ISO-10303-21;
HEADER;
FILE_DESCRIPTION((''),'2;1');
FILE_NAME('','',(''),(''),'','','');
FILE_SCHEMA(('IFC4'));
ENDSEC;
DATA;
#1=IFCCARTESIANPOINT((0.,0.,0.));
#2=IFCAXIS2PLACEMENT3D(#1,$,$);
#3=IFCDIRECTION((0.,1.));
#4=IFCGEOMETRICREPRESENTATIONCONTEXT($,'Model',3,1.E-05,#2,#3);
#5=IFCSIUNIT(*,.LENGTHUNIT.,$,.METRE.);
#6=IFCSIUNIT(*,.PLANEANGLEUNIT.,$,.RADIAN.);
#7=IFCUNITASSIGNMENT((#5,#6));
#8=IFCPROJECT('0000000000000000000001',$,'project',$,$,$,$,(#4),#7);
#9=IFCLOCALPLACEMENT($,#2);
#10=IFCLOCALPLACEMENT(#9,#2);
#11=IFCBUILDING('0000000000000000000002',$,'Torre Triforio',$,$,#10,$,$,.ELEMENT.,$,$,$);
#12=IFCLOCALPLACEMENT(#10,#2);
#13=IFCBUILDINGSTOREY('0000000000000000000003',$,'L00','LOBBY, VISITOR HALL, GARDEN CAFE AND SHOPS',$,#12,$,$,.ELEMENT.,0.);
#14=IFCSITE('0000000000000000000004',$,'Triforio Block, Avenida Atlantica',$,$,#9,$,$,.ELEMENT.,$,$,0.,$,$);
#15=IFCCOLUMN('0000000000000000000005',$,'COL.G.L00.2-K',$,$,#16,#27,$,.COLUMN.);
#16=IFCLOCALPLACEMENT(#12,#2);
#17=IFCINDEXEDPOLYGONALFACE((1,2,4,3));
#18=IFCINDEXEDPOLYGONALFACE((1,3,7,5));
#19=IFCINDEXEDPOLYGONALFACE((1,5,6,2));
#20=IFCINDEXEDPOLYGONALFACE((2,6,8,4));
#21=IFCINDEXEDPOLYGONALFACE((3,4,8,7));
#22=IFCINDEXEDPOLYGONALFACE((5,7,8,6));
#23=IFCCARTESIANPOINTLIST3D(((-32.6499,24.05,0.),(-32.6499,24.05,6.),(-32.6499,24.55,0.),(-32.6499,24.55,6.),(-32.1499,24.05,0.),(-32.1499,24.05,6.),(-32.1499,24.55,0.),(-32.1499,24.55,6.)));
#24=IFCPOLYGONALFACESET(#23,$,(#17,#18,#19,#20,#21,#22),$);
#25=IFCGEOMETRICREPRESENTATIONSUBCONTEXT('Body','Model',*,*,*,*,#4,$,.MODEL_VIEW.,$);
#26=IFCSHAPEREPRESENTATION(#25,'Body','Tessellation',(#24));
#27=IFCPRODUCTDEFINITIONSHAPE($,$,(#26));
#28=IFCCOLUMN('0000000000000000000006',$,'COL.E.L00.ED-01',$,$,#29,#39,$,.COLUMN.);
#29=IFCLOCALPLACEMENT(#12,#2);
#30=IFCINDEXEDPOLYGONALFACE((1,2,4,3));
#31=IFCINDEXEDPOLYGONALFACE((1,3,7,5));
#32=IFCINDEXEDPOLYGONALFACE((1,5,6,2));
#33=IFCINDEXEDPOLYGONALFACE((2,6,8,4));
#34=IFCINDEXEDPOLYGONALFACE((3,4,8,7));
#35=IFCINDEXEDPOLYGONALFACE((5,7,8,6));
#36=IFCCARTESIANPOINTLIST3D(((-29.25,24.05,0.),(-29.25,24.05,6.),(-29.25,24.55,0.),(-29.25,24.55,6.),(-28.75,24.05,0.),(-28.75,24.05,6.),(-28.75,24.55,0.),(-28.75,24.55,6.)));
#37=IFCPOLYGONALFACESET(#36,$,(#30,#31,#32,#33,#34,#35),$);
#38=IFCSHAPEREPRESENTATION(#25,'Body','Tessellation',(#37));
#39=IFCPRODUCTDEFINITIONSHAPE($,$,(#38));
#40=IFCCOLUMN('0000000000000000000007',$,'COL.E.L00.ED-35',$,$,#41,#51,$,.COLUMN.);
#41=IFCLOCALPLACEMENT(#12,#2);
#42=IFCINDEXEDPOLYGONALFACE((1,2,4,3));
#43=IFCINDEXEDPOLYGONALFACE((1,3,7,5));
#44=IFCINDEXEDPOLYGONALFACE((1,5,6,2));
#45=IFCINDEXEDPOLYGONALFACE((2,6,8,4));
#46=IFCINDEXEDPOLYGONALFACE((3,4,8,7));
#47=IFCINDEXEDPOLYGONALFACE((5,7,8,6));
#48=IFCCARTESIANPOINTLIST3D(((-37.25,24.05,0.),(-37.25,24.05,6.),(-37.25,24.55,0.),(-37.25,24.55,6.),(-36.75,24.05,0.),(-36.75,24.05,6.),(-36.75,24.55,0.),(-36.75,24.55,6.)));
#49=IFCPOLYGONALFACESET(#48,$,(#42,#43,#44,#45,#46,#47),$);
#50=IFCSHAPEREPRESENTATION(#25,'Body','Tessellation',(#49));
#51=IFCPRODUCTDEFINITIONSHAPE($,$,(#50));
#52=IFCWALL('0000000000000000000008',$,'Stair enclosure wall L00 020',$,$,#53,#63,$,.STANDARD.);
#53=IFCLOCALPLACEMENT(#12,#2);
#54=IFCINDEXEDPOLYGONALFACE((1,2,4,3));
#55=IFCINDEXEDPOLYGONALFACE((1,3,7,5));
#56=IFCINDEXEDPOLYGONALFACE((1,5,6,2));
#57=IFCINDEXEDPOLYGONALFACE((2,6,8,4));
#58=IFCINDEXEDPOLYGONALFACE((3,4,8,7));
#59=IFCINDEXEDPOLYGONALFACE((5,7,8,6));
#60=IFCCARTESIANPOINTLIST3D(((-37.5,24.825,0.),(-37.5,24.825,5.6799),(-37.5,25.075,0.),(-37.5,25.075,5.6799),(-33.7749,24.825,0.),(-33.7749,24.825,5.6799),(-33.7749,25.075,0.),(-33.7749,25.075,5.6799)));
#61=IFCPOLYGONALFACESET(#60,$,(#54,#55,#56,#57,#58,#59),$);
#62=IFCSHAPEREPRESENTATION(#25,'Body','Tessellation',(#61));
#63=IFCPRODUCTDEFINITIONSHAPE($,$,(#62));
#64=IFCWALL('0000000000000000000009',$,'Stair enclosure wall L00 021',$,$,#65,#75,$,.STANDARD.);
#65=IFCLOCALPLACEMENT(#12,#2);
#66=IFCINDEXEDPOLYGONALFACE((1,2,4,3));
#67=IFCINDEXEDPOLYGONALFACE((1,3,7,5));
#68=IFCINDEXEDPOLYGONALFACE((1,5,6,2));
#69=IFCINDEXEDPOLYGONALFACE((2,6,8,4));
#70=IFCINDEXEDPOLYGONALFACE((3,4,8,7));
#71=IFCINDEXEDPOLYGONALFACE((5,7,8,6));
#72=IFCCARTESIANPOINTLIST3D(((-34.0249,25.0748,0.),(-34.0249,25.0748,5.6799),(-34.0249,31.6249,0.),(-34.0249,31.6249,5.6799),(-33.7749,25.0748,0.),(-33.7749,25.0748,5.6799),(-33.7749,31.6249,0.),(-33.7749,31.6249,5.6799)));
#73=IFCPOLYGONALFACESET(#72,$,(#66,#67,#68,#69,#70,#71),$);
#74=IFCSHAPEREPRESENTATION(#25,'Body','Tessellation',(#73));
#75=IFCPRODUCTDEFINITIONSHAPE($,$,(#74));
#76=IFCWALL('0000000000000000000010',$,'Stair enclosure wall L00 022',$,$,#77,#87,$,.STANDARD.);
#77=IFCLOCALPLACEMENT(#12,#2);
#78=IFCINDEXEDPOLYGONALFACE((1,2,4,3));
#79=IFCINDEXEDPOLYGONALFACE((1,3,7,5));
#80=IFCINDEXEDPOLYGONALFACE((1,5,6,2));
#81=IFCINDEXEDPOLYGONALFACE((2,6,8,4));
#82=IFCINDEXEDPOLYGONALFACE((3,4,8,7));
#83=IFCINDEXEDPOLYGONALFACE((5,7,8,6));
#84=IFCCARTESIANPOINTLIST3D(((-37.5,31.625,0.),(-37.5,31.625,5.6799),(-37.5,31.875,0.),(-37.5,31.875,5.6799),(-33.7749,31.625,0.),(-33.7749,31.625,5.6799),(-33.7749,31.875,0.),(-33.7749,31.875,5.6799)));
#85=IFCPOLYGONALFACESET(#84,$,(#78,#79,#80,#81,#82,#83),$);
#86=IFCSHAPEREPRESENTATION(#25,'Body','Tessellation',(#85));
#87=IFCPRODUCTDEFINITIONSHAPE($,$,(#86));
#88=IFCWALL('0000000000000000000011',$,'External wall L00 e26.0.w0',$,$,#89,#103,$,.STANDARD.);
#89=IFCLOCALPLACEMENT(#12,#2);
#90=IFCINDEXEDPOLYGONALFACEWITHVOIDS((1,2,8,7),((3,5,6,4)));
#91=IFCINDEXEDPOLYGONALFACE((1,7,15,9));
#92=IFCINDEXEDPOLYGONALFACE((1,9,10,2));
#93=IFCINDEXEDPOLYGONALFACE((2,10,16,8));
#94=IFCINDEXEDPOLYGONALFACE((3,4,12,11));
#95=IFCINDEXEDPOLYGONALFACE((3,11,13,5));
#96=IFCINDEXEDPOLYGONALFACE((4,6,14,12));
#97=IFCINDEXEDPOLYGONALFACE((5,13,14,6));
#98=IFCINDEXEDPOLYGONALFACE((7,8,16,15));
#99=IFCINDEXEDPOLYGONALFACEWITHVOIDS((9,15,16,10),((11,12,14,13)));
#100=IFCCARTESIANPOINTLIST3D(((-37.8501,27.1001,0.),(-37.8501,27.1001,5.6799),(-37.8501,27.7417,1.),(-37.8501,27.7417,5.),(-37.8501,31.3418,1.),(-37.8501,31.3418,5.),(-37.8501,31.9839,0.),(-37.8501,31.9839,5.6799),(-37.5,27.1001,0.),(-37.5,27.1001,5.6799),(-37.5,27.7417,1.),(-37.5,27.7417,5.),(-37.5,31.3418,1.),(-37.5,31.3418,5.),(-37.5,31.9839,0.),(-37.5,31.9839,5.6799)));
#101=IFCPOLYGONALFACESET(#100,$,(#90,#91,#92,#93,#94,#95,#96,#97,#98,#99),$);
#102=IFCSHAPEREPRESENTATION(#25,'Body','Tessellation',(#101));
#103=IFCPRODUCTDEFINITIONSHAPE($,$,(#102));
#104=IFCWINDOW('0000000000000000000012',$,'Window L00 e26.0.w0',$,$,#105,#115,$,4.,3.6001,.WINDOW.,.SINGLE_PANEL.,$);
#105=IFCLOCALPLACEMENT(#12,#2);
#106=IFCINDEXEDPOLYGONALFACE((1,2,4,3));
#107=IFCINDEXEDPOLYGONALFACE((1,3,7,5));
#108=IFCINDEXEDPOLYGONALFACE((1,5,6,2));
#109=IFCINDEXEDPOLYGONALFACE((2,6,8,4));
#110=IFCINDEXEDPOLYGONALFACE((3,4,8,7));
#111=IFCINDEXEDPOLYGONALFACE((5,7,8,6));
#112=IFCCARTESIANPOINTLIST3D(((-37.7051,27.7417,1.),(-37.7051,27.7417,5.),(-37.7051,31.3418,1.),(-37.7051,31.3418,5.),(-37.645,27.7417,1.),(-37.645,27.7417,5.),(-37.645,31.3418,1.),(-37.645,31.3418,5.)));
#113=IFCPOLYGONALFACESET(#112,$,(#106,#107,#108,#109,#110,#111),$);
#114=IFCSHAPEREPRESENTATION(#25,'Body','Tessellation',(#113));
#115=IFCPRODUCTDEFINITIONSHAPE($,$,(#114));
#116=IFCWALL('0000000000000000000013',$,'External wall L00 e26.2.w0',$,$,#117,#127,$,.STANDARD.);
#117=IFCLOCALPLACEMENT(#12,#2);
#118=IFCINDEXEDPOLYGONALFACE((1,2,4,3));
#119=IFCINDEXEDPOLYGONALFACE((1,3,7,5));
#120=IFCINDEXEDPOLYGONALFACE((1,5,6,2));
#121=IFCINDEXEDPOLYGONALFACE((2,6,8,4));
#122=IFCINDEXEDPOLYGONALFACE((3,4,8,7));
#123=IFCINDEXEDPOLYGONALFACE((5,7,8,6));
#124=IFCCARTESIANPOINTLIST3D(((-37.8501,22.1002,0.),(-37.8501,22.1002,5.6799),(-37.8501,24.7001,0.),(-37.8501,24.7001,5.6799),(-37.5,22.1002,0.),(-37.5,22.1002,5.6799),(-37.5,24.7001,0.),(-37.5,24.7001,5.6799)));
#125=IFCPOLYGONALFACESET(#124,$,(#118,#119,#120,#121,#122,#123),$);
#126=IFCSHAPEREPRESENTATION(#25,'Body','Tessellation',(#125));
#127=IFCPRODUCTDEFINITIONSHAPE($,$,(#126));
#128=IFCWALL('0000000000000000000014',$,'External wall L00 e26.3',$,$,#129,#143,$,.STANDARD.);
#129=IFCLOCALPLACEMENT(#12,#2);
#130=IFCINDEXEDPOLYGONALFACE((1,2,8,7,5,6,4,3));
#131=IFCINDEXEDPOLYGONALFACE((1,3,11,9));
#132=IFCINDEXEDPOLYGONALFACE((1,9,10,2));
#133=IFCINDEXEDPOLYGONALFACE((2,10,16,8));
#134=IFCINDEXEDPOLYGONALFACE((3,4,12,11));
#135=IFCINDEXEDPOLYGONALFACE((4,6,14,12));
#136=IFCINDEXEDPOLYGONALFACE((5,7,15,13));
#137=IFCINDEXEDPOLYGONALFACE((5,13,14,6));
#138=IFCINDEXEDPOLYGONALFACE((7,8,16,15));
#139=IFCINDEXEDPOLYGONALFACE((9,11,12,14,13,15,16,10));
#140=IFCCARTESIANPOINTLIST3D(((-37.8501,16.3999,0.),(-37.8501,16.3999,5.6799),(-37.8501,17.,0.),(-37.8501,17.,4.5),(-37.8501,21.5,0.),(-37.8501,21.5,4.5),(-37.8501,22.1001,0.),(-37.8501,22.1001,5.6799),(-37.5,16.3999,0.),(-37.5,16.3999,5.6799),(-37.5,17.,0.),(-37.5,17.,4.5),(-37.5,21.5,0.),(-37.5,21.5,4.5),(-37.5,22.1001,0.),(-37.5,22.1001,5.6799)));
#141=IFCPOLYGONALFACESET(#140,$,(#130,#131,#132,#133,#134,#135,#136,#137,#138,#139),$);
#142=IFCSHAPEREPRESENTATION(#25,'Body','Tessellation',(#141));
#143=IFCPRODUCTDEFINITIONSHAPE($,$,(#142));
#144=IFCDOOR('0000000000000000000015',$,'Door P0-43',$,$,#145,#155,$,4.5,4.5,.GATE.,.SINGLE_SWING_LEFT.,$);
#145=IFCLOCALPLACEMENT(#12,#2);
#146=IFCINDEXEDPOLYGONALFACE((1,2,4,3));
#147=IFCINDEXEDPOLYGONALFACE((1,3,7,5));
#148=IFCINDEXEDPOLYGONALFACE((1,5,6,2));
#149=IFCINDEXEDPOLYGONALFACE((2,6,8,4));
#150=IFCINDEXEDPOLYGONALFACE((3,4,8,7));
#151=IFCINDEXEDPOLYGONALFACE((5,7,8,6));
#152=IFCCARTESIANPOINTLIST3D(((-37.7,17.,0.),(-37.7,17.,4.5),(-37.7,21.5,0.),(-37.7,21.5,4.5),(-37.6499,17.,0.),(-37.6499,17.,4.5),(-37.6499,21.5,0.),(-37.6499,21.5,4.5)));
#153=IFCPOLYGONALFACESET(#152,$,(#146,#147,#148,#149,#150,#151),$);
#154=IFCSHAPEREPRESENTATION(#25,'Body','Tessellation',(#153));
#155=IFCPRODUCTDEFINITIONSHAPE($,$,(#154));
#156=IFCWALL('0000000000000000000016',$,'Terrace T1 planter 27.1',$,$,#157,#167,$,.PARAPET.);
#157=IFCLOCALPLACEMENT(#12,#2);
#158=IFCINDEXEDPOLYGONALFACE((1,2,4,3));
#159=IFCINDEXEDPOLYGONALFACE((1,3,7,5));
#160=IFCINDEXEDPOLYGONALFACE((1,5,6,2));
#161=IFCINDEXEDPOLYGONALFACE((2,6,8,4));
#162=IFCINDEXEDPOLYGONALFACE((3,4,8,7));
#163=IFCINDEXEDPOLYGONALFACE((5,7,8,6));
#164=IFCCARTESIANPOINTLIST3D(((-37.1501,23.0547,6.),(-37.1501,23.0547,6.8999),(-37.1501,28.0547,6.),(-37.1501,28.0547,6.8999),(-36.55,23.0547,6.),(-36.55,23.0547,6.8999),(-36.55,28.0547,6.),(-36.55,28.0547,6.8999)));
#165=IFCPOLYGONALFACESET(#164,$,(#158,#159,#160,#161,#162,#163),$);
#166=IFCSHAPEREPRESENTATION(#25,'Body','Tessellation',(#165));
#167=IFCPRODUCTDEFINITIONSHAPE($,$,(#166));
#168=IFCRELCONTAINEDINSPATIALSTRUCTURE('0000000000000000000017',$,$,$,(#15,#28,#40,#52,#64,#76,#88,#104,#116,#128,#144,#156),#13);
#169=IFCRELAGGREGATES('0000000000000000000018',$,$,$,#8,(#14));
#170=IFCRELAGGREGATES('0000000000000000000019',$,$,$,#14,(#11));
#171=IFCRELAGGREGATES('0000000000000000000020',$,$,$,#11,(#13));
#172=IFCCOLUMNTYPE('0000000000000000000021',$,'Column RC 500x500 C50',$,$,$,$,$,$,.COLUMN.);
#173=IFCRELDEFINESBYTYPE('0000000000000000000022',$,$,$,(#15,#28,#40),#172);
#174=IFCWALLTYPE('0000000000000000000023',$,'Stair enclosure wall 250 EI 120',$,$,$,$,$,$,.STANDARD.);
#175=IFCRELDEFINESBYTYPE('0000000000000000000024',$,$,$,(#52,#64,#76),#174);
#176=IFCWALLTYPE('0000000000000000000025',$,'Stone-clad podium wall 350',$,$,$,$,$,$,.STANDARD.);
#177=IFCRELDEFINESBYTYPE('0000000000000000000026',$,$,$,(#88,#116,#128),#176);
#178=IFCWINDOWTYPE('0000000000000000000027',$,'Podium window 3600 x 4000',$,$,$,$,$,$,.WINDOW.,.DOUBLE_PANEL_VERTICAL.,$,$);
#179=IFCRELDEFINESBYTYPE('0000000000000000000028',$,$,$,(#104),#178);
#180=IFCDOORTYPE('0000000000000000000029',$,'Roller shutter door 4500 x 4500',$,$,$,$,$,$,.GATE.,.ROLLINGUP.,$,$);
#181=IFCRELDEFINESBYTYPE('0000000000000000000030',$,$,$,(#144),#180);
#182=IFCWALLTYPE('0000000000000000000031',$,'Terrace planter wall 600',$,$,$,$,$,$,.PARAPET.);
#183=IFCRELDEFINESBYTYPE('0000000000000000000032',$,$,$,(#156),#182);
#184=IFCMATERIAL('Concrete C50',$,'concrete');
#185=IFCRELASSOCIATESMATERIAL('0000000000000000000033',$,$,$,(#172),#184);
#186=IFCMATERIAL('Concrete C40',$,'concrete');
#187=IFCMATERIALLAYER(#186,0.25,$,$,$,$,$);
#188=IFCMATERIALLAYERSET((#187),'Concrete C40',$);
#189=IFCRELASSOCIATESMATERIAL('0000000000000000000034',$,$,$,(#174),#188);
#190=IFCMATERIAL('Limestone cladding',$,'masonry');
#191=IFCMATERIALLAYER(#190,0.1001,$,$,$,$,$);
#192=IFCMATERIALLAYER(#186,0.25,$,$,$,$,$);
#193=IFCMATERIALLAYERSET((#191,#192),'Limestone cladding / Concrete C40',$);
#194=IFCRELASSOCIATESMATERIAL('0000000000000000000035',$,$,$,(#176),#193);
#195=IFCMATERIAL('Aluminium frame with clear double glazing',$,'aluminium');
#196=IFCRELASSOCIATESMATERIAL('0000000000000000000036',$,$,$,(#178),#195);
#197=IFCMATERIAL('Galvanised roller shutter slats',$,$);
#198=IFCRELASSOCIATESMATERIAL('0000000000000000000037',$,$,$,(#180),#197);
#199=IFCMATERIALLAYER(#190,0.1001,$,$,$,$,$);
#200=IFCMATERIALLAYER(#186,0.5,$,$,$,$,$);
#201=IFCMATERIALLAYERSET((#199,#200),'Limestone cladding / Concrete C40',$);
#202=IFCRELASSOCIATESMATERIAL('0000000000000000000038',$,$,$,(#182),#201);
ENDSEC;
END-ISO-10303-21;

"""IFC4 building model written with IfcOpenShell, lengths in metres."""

from ifc_helpers import new_model, si_unit, direction, frame, frame_2d, origin, origin_2d, place, context, subcontext, project, spatial, rectangle, extrude, material, layer, layer_set, material_profile, profile_set, type_object, element, fill, save


model = new_model("IFC4")

# Units and contexts
model_context = context("Model", 3, precision=1e-05, world=origin(), true_north=direction((0.0, 1.0)))
body_context = subcontext(model_context, "Body", "Model", "MODEL_VIEW")
ifc_project = project(units=[si_unit("LENGTHUNIT", "METRE"), si_unit("PLANEANGLEUNIT", "RADIAN")], contexts=[model_context])

# Site, building, storey
site_placement = place(None, origin())
site = spatial("IfcSite", under=ifc_project, at=site_placement, Name="Triforio Block, Avenida Atlantica", CompositionType="ELEMENT", RefElevation=0.0)
building_placement = place(site_placement, origin())
building = spatial("IfcBuilding", under=site, at=building_placement, Name="Torre Triforio", CompositionType="ELEMENT")
storey_placement = place(building_placement, origin())
storey = spatial("IfcBuildingStorey", under=building, at=storey_placement, Name="L00", Description="LOBBY, VISITOR HALL, GARDEN CAFE AND SHOPS", CompositionType="ELEMENT", Elevation=0.0)

# Columns
ifc_material_1 = material(Name="Concrete C50", Category="concrete")
ifc_material_profile = material_profile(ifc_material_1, rectangle(XDim=0.5, YDim=0.5, at=origin_2d()), Name="RC 500x500")
ifc_profile_set = profile_set([ifc_material_profile], Name="Concrete C50")
column_type = type_object("IfcColumnType", Name="Column RC 500x500 C50", PredefinedType="COLUMN", material=ifc_profile_set)
for number, where, z_axis, x_axis, name in (
    (1, (-32.3999, 24.3, 0.0), (0.0, 0.0, 1.0), (1.0, 0.0, 0.0), "COL.G.L00.2-K"),
    (2, (-29.0, 24.3, 0.0), (0.0, 0.0, 1.0), (1.0, 0.0, 0.0), "COL.E.L00.ED-01"),
    (3, (-37.0, 24.3, 0.0), (0.0, 0.0, 1.0), (1.0, 0.0, 0.0), "COL.E.L00.ED-35"),
):
    element("IfcColumn", number, at=place(storey_placement, frame(where, z_axis=z_axis, x_axis=x_axis)), inside=storey, type_object=column_type, Name=name, PredefinedType="COLUMN", context=body_context, shape_type="SweptSolid", body=[
        extrude(rectangle(XDim=0.5, YDim=0.5, at=origin_2d()), origin(), (0.0, 0.0, 1.0), 6.0),
    ])

# Walls
ifc_material_2 = material(Name="Concrete C40", Category="concrete")
ifc_layer_1 = layer(ifc_material_2, 0.25)
ifc_layer_set_1 = layer_set([ifc_layer_1], Name="Concrete C40")
wall_type_1 = type_object("IfcWallType", Name="Stair enclosure wall 250 EI 120", PredefinedType="STANDARD", material=ifc_layer_set_1)
wall_1_placement = place(storey_placement, frame((-37.5, 24.95, 0.0), z_axis=(0.0, 0.0, 1.0), x_axis=(1.0, 0.0, 0.0)))
element("IfcWall", 4, at=wall_1_placement, inside=storey, type_object=wall_type_1, Name="Stair enclosure wall L00 020", PredefinedType="STANDARD", context=body_context, shape_type="SweptSolid", body=[
    extrude(rectangle(XDim=3.7251, YDim=0.25, at=frame_2d((1.8625, 0.0))), origin(), (0.0, 0.0, 1.0), 5.6799),
])
wall_2_placement = place(storey_placement, frame((-33.8999, 25.075, 0.0), z_axis=(0.0, 0.0, 1.0), x_axis=(0.0, 1.0, 0.0)))
element("IfcWall", 5, at=wall_2_placement, inside=storey, type_object=wall_type_1, Name="Stair enclosure wall L00 021", PredefinedType="STANDARD", context=body_context, shape_type="SweptSolid", body=[
    extrude(rectangle(XDim=6.55, YDim=0.25, at=frame_2d((3.2749, 0.0))), origin(), (0.0, 0.0, 1.0), 5.6799),
])
wall_3_placement = place(storey_placement, frame((-37.5, 31.75, 0.0), z_axis=(0.0, 0.0, 1.0), x_axis=(1.0, 0.0, 0.0)))
element("IfcWall", 6, at=wall_3_placement, inside=storey, type_object=wall_type_1, Name="Stair enclosure wall L00 022", PredefinedType="STANDARD", context=body_context, shape_type="SweptSolid", body=[
    extrude(rectangle(XDim=3.7251, YDim=0.25, at=frame_2d((1.8625, 0.0))), origin(), (0.0, 0.0, 1.0), 5.6799),
])

# Wall, opening, window
ifc_material_3 = material(Name="Limestone cladding", Category="masonry")
ifc_layer_2 = layer(ifc_material_3, 0.1001)
ifc_layer_3 = layer(ifc_material_2, 0.25)
ifc_layer_set_2 = layer_set([ifc_layer_2, ifc_layer_3], Name="Limestone cladding / Concrete C40")
wall_type_2 = type_object("IfcWallType", Name="Stone-clad podium wall 350", PredefinedType="STANDARD", material=ifc_layer_set_2)
wall_4_placement = place(storey_placement, frame((-37.675, 31.9839, 0.0), z_axis=(0.0, 0.0, 1.0), x_axis=(0.0, -1.0, 0.0)))
wall_4 = element("IfcWall", 7, at=wall_4_placement, inside=storey, type_object=wall_type_2, Name="External wall L00 e26.0.w0", PredefinedType="STANDARD", context=body_context, shape_type="SweptSolid", body=[
    extrude(rectangle(XDim=4.8838, YDim=0.3501, at=frame_2d((2.4419, 0.0))), origin(), (0.0, 0.0, 1.0), 5.6799),
])
opening_1_placement = place(wall_4_placement, frame((0.6421, 0.0, 1.0)))
opening_1 = element("IfcOpeningElement", 8, at=opening_1_placement, cuts=wall_4, PredefinedType="OPENING", context=body_context, shape_type="SweptSolid", body=[
    extrude(rectangle(XDim=3.6001, YDim=4.0, at=frame_2d((1.8, 2.0))), frame((0.0, 0.1851, 0.0), z_axis=(0.0, -1.0, 0.0), x_axis=(1.0, 0.0, 0.0)), (0.0, 0.0, 1.0), 0.3701),
])
ifc_material_4 = material(Name="Aluminium frame with clear double glazing", Category="aluminium")
window_type = type_object("IfcWindowType", Name="Podium window 3600 x 4000", PartitioningType="DOUBLE_PANEL_VERTICAL", PredefinedType="WINDOW", material=ifc_material_4)
window_placement = place(opening_1_placement, origin())
window = element("IfcWindow", 9, at=window_placement, inside=storey, type_object=window_type, Name="Window L00 e26.0.w0", OverallHeight=4.0, OverallWidth=3.6001, PartitioningType="SINGLE_PANEL", PredefinedType="WINDOW", context=body_context, shape_type="SweptSolid", body=[
    extrude(rectangle(XDim=3.6001, YDim=4.0, at=frame_2d((1.8, 2.0))), frame((0.0, 0.03, 0.0), z_axis=(0.0, -1.0, 0.0), x_axis=(1.0, 0.0, 0.0)), (0.0, 0.0, 1.0), 0.0601),
])
fill(opening_1, window)

# Wall
wall_5_placement = place(storey_placement, frame((-37.675, 24.7, 0.0), z_axis=(0.0, 0.0, 1.0), x_axis=(0.0, -1.0, 0.0)))
element("IfcWall", 10, at=wall_5_placement, inside=storey, type_object=wall_type_2, Name="External wall L00 e26.2.w0", PredefinedType="STANDARD", context=body_context, shape_type="SweptSolid", body=[
    extrude(rectangle(XDim=2.5999, YDim=0.3501, at=frame_2d((1.2998, 0.0))), origin(), (0.0, 0.0, 1.0), 5.6799),
])

# Wall, opening, door
wall_6_placement = place(storey_placement, frame((-37.675, 22.1001, 0.0), z_axis=(0.0, 0.0, 1.0), x_axis=(0.0, -1.0, 0.0)))
wall_6 = element("IfcWall", 11, at=wall_6_placement, inside=storey, type_object=wall_type_2, Name="External wall L00 e26.3", PredefinedType="STANDARD", context=body_context, shape_type="SweptSolid", body=[
    extrude(rectangle(XDim=5.7002, YDim=0.3501, at=frame_2d((2.8501, 0.0))), origin(), (0.0, 0.0, 1.0), 5.6799),
])
opening_2_placement = place(wall_6_placement, frame((0.6001, 0.0, 0.0)))
opening_2 = element("IfcOpeningElement", 12, at=opening_2_placement, cuts=wall_6, PredefinedType="OPENING", context=body_context, shape_type="SweptSolid", body=[
    extrude(rectangle(XDim=4.5, YDim=4.5, at=frame_2d((2.25, 2.25))), frame((0.0, 0.1851, 0.0), z_axis=(0.0, -1.0, 0.0), x_axis=(1.0, 0.0, 0.0)), (0.0, 0.0, 1.0), 0.3701),
])
ifc_material_5 = material(Name="Galvanised roller shutter slats")
door_type_1 = type_object("IfcDoorType", Name="Roller shutter door 4500 x 4500", OperationType="ROLLINGUP", PredefinedType="GATE", material=ifc_material_5)
door_1_placement = place(opening_2_placement, frame((4.5, 0.0, 0.0), z_axis=(0.0, 0.0, 1.0), x_axis=(-1.0, 0.0, 0.0)))
door_1 = element("IfcDoor", 13, at=door_1_placement, inside=storey, type_object=door_type_1, Name="Door P0-43", OperationType="SINGLE_SWING_LEFT", OverallHeight=4.5, OverallWidth=4.5, PredefinedType="GATE", context=body_context, shape_type="SweptSolid", body=[
    extrude(rectangle(XDim=4.5, YDim=4.5, at=frame_2d((2.25, 2.25))), frame((0.0, 0.0249, 0.0), z_axis=(0.0, -1.0, 0.0), x_axis=(1.0, 0.0, 0.0)), (0.0, 0.0, 1.0), 0.05),
])
fill(opening_2, door_1)

# Wall
ifc_layer_4 = layer(ifc_material_3, 0.1001)
ifc_layer_5 = layer(ifc_material_2, 0.5)
ifc_layer_set_3 = layer_set([ifc_layer_4, ifc_layer_5], Name="Limestone cladding / Concrete C40")
wall_type_3 = type_object("IfcWallType", Name="Terrace planter wall 600", PredefinedType="PARAPET", material=ifc_layer_set_3)
wall_7_placement = place(storey_placement, frame((-36.8501, 28.0547, 6.0), z_axis=(0.0, 0.0, 1.0), x_axis=(0.0, -1.0, 0.0)))
element("IfcWall", 14, at=wall_7_placement, inside=storey, type_object=wall_type_3, Name="Terrace T1 planter 27.1", PredefinedType="PARAPET", context=body_context, shape_type="SweptSolid", body=[
    extrude(rectangle(XDim=5.0, YDim=0.6001, at=frame_2d((2.5, 0.0))), origin(), (0.0, 0.0, 1.0), 0.8999),
])

save(model, "model.ifc")
